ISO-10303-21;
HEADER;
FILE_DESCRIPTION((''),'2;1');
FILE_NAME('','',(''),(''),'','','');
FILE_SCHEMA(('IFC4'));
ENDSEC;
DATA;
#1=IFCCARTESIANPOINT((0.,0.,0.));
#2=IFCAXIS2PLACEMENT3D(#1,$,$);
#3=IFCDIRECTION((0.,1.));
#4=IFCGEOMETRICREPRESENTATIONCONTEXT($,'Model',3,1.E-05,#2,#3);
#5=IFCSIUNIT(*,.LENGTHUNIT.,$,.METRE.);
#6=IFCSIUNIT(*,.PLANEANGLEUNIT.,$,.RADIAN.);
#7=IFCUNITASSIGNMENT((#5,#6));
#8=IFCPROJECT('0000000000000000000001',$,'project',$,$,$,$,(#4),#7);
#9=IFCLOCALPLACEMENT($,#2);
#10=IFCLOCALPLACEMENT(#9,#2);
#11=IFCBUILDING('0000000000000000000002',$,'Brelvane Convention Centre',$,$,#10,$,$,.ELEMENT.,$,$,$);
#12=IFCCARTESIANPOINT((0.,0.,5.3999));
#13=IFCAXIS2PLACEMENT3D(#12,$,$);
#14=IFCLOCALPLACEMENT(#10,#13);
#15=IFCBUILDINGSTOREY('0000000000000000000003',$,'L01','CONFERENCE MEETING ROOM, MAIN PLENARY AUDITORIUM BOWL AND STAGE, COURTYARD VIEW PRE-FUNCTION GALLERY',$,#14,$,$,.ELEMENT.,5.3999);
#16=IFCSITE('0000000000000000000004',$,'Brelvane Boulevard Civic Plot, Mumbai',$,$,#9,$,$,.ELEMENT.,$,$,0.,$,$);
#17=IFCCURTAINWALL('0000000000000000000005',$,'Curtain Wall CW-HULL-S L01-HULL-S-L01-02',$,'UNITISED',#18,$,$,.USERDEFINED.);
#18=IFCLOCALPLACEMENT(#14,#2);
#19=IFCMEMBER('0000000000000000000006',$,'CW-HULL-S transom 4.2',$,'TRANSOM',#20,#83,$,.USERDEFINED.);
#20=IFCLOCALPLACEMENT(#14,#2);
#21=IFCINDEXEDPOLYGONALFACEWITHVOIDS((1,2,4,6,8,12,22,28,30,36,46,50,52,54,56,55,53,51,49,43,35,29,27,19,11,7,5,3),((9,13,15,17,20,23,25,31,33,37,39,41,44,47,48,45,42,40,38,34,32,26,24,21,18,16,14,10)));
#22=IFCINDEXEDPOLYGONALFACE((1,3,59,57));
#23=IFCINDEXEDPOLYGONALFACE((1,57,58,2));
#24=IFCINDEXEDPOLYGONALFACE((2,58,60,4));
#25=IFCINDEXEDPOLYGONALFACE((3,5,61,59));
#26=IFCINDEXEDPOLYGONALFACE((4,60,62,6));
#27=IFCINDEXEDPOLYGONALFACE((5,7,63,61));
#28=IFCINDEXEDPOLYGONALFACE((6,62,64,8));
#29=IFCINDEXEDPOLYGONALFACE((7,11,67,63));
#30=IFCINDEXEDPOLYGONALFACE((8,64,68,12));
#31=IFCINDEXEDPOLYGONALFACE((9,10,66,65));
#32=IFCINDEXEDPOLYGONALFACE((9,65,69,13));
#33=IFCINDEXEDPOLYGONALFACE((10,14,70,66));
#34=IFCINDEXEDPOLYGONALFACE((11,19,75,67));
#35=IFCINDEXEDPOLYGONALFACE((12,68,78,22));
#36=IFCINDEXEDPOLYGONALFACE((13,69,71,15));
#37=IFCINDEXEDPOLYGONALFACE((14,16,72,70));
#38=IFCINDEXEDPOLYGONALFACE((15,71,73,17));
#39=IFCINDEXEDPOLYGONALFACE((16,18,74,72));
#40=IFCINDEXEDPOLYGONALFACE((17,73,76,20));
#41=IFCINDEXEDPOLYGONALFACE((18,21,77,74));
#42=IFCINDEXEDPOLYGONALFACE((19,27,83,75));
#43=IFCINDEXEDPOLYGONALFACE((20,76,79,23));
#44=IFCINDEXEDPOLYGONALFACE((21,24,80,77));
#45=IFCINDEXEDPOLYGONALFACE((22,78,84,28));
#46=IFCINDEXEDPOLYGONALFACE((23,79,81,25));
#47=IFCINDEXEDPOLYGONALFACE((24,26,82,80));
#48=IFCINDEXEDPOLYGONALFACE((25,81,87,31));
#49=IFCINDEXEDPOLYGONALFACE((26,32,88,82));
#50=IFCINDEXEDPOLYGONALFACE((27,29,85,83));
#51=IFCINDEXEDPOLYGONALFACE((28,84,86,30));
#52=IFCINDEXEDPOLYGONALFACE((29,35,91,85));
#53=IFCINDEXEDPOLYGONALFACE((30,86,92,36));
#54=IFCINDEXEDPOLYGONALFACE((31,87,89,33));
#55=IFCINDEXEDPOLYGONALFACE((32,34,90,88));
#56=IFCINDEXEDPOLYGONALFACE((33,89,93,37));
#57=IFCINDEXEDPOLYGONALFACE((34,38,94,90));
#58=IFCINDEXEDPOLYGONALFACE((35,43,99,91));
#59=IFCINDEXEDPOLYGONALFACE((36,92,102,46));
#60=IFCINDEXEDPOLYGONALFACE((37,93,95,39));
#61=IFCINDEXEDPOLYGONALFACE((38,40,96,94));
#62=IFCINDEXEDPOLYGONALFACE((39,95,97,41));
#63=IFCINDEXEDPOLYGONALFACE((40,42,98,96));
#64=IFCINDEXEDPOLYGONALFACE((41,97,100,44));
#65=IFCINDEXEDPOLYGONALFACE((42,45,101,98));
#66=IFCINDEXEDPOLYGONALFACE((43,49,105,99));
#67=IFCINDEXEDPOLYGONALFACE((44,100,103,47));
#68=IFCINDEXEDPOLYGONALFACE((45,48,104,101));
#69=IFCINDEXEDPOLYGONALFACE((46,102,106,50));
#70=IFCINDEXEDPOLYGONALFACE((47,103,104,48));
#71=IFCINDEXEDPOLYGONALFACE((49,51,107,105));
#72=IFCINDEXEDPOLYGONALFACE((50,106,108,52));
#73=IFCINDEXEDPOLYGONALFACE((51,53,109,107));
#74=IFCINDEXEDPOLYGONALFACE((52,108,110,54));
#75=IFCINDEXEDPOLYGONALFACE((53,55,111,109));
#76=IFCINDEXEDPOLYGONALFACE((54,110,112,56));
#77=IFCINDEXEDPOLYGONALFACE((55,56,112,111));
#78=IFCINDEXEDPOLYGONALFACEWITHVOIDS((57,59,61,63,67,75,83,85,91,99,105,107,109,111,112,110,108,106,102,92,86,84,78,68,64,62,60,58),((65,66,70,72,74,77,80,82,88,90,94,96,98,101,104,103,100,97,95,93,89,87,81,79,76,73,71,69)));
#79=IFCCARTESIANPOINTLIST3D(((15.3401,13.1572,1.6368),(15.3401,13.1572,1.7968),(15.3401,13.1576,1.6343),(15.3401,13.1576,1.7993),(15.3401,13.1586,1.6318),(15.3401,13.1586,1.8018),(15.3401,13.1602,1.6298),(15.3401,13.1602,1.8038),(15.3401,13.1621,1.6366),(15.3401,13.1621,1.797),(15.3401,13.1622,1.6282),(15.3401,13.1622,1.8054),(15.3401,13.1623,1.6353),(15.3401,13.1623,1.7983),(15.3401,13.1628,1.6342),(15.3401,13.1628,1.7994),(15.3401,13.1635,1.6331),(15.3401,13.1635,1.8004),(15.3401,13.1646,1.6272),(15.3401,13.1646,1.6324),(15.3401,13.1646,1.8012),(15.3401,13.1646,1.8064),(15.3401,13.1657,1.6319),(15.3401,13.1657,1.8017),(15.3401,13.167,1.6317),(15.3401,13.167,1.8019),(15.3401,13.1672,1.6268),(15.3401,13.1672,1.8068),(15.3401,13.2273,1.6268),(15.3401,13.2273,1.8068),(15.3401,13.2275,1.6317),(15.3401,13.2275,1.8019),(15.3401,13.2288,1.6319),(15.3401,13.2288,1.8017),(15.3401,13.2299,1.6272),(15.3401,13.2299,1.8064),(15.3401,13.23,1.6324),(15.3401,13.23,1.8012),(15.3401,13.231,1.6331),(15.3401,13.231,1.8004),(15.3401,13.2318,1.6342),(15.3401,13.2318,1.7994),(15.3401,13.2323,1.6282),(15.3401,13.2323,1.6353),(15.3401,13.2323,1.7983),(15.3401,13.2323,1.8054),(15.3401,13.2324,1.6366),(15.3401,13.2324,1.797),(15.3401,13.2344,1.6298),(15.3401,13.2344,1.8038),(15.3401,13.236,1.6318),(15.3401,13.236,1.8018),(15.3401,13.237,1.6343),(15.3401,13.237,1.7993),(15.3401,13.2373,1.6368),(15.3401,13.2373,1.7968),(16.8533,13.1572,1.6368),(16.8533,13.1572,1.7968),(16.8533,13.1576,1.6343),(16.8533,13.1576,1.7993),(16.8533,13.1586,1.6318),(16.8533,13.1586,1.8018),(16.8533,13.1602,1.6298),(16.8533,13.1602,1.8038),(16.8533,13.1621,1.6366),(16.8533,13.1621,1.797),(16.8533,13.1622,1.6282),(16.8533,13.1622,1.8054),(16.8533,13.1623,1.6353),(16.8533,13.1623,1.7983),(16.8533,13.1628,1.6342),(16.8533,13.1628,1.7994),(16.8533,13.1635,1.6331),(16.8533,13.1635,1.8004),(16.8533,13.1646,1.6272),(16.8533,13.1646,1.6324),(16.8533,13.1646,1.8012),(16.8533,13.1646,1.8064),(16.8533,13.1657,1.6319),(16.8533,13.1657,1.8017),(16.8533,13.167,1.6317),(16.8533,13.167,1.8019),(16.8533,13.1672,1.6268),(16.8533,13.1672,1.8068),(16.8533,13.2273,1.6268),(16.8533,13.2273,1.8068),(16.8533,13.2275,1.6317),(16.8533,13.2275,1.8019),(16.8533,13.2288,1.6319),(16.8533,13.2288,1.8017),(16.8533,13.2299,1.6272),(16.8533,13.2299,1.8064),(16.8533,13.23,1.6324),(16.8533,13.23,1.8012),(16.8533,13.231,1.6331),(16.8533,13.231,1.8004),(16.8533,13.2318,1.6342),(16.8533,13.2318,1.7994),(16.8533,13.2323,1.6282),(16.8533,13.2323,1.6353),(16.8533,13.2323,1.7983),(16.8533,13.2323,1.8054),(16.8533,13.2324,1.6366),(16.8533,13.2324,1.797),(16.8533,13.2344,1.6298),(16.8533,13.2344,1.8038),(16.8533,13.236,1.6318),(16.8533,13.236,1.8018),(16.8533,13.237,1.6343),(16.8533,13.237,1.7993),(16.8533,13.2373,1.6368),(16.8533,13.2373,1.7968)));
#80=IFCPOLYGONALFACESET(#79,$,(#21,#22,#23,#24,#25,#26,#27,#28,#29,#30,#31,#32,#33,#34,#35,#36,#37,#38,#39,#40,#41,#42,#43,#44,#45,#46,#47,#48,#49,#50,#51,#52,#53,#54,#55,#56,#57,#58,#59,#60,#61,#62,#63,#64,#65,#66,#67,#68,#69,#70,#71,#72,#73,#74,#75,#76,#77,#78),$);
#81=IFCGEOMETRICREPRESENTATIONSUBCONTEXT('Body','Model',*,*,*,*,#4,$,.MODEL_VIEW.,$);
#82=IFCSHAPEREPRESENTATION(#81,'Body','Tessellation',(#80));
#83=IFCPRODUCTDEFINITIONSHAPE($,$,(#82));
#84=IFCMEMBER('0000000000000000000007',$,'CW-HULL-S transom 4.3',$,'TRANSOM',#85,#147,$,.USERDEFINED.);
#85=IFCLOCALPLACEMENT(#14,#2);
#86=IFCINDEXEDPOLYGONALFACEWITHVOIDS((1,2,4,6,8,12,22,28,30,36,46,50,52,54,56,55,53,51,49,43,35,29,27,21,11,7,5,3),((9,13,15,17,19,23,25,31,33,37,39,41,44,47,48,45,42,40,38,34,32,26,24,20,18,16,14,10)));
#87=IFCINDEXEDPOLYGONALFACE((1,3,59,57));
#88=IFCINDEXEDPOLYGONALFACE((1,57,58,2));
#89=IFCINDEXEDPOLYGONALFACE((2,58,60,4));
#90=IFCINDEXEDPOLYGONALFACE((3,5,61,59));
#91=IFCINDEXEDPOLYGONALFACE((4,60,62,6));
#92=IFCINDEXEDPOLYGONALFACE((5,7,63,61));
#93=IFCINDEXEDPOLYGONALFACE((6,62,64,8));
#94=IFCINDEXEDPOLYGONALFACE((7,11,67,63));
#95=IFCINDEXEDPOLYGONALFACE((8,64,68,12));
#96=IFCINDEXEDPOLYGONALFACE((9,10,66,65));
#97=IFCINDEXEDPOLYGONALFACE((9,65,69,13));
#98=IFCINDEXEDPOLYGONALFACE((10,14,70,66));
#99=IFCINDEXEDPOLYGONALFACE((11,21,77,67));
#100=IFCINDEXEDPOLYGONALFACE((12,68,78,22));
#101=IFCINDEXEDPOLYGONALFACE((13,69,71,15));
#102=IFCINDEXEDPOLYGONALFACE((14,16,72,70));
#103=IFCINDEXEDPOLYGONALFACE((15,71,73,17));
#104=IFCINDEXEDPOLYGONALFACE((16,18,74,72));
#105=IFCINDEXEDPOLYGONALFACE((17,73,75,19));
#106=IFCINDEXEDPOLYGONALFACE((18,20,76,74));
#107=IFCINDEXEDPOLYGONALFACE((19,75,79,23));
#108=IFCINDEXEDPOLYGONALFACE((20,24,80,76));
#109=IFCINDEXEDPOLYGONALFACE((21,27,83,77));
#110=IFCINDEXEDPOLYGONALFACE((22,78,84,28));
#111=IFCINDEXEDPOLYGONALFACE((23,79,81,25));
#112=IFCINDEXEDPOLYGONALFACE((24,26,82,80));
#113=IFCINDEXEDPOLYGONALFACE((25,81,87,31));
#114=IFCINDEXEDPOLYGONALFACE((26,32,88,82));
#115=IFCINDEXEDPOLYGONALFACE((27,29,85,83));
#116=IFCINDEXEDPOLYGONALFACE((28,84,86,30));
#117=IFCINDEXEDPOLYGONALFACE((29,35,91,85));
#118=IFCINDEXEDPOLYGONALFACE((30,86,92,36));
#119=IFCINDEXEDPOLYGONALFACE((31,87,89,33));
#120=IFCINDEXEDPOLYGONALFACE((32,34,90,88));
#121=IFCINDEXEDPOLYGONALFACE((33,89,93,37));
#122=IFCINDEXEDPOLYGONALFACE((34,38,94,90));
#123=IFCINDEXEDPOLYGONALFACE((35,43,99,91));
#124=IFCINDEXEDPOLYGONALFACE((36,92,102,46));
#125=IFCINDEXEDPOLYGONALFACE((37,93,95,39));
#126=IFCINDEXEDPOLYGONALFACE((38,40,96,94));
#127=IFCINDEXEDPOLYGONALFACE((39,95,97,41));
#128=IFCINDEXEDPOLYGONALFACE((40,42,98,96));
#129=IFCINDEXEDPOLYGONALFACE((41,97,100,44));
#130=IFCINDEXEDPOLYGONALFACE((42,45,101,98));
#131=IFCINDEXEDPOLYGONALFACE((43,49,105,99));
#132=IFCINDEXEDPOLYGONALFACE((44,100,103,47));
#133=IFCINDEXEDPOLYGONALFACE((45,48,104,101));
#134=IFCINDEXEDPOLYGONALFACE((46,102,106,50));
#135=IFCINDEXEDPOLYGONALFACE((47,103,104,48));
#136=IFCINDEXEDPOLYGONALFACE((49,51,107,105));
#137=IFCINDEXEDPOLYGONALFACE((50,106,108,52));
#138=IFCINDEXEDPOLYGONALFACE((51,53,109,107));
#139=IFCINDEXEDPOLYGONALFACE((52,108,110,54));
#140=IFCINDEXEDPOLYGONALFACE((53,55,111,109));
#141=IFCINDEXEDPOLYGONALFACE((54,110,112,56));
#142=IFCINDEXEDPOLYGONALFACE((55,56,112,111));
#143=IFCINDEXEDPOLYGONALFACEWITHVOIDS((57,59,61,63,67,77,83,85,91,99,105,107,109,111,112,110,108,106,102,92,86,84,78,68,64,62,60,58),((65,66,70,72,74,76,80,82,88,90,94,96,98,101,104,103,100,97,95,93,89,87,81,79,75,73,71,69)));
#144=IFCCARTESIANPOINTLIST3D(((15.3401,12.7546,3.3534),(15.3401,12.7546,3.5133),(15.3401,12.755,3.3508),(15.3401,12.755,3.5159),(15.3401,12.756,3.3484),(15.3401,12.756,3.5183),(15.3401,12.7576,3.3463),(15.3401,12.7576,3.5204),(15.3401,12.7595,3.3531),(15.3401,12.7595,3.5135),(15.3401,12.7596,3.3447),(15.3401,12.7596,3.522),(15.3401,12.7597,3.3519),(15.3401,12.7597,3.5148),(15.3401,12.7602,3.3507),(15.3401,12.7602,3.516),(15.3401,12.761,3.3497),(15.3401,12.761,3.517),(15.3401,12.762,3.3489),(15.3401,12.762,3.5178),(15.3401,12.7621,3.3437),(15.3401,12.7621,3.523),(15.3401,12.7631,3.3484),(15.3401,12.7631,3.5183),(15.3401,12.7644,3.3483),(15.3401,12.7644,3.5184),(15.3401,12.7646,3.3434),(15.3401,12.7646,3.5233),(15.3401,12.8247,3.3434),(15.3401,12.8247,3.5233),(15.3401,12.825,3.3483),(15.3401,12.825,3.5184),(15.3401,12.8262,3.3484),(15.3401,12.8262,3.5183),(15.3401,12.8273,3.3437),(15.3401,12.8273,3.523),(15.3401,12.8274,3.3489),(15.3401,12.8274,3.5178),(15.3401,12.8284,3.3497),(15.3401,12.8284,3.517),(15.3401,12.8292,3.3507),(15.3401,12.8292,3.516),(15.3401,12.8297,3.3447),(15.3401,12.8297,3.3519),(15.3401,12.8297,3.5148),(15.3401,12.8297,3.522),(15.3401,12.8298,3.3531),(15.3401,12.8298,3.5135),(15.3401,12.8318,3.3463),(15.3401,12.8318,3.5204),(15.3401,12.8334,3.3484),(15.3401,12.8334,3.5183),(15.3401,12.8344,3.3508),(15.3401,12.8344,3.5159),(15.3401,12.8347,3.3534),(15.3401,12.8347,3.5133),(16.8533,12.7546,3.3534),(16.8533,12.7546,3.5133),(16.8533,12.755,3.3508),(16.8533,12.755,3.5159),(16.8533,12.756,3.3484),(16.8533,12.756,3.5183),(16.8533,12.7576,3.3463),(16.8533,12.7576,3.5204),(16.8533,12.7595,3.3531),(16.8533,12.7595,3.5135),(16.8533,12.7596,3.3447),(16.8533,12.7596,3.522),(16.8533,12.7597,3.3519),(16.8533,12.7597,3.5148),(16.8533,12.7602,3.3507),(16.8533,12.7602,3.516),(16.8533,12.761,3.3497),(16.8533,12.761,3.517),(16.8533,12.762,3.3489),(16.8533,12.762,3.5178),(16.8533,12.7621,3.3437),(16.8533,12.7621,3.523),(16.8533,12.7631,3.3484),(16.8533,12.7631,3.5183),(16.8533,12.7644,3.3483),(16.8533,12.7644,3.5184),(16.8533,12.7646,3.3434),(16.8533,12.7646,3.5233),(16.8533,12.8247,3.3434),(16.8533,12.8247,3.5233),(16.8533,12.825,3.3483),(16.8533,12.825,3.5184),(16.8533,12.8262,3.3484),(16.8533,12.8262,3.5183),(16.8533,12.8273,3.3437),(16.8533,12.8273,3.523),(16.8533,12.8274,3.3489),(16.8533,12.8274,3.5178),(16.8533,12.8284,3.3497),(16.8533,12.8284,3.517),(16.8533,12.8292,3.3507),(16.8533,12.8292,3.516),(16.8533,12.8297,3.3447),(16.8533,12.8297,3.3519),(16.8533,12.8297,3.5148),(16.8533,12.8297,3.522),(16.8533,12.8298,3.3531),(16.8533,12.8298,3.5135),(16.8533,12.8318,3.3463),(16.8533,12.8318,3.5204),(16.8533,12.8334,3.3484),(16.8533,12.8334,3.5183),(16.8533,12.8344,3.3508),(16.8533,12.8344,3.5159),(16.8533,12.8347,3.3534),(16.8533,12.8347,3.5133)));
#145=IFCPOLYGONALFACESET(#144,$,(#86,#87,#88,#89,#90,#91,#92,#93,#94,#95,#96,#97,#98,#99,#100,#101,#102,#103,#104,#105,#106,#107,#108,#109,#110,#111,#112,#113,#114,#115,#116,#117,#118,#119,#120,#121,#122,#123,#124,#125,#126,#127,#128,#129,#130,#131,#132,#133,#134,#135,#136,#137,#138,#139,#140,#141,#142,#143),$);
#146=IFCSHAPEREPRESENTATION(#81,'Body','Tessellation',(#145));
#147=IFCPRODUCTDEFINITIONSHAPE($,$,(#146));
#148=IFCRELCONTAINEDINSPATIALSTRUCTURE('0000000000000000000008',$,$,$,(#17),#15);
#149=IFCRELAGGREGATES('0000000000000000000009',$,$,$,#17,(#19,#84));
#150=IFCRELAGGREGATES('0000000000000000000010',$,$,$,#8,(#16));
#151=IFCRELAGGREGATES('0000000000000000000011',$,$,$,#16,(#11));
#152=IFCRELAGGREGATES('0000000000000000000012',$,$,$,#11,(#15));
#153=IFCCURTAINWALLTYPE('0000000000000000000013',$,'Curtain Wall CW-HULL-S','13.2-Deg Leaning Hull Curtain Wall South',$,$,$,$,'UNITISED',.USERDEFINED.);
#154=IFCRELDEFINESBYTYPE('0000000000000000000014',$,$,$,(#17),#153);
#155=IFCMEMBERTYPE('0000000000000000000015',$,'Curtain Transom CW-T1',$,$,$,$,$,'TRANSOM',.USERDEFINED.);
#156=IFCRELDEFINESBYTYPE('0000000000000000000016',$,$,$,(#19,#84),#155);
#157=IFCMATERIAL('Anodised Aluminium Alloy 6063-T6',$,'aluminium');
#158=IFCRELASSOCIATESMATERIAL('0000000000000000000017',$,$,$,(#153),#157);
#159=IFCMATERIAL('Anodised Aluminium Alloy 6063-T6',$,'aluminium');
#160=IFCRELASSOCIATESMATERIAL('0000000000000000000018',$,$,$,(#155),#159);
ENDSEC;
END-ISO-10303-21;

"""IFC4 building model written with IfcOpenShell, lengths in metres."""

from ifc_helpers import new_model, si_unit, direction, frame, origin, origin_2d, place, context, subcontext, project, spatial, hollow_rectangle, extrude, material, material_profile, profile_set, type_object, element, aggregate, save


model = new_model("IFC4")

# Units and contexts
model_context = context("Model", 3, precision=1e-05, world=origin(), true_north=direction((0.0, 1.0)))
body_context = subcontext(model_context, "Body", "Model", "MODEL_VIEW")
ifc_project = project(units=[si_unit("LENGTHUNIT", "METRE"), si_unit("PLANEANGLEUNIT", "RADIAN")], contexts=[model_context])

# Site, building, storey
site_placement = place(None, origin())
site = spatial("IfcSite", under=ifc_project, at=site_placement, Name="Brelvane Boulevard Civic Plot, Mumbai", CompositionType="ELEMENT", RefElevation=0.0)
building_placement = place(site_placement, origin())
building = spatial("IfcBuilding", under=site, at=building_placement, Name="Brelvane Convention Centre", CompositionType="ELEMENT")
storey_placement = place(building_placement, frame((0.0, 0.0, 5.3999)))
storey = spatial("IfcBuildingStorey", under=building, at=storey_placement, Name="L01", Description="CONFERENCE MEETING ROOM, MAIN PLENARY AUDITORIUM BOWL AND STAGE, COURTYARD VIEW PRE-FUNCTION GALLERY", CompositionType="ELEMENT", Elevation=5.3999)

# Curtain wall, members
ifc_material_1 = material(Name="Anodised Aluminium Alloy 6063-T6", Category="aluminium")
curtain_wall_type = type_object("IfcCurtainWallType", Name="Curtain Wall CW-HULL-S", Description="13.2-Deg Leaning Hull Curtain Wall South", ElementType="UNITISED", PredefinedType="USERDEFINED", material=ifc_material_1)
curtain_wall_1_placement = place(storey_placement, origin())
curtain_wall_1 = element("IfcCurtainWall", 1, at=curtain_wall_1_placement, inside=storey, type_object=curtain_wall_type, Name="Curtain Wall CW-HULL-S L01-HULL-S-L01-02", ObjectType="UNITISED", PredefinedType="USERDEFINED")
ifc_material_2 = material(Name="Anodised Aluminium Alloy 6063-T6", Category="aluminium")
ifc_material_profile = material_profile(ifc_material_2, hollow_rectangle(XDim=0.0801, YDim=0.1799, WallThickness=0.0049, InnerFilletRadius=0.0049, OuterFilletRadius=0.01, at=origin_2d()), Name="ALU-T 180x80x5.0")
ifc_profile_set = profile_set([ifc_material_profile], Name="Anodised Aluminium Alloy 6063-T6")
member_type = type_object("IfcMemberType", Name="Curtain Transom CW-T1", ElementType="TRANSOM", PredefinedType="USERDEFINED", material=ifc_profile_set)
member_1_placement = place(storey_placement, frame((15.3401, 13.1973, 1.7168), z_axis=(1.0, 0.0, 0.0), x_axis=(0.0, 1.0, 0.0)))
member_1 = element("IfcMember", 2, at=member_1_placement, type_object=member_type, Name="CW-HULL-S transom 4.2", ObjectType="TRANSOM", PredefinedType="USERDEFINED", context=body_context, shape_type="SweptSolid", body=[
    extrude(hollow_rectangle(XDim=0.0801, YDim=0.1799, WallThickness=0.0049, InnerFilletRadius=0.0049, OuterFilletRadius=0.01, at=origin_2d()), origin(), (0.0, 0.0, 1.0), 1.5132),
])
member_2_placement = place(storey_placement, frame((15.3401, 12.7947, 3.4333), z_axis=(1.0, 0.0, 0.0), x_axis=(0.0, 1.0, 0.0)))
member_2 = element("IfcMember", 3, at=member_2_placement, type_object=member_type, Name="CW-HULL-S transom 4.3", ObjectType="TRANSOM", PredefinedType="USERDEFINED", context=body_context, shape_type="SweptSolid", body=[
    extrude(hollow_rectangle(XDim=0.0801, YDim=0.1799, WallThickness=0.0049, InnerFilletRadius=0.0049, OuterFilletRadius=0.01, at=origin_2d()), origin(), (0.0, 0.0, 1.0), 1.5132),
])

aggregate(curtain_wall_1, [member_1, member_2])

save(model, "model.ifc")
